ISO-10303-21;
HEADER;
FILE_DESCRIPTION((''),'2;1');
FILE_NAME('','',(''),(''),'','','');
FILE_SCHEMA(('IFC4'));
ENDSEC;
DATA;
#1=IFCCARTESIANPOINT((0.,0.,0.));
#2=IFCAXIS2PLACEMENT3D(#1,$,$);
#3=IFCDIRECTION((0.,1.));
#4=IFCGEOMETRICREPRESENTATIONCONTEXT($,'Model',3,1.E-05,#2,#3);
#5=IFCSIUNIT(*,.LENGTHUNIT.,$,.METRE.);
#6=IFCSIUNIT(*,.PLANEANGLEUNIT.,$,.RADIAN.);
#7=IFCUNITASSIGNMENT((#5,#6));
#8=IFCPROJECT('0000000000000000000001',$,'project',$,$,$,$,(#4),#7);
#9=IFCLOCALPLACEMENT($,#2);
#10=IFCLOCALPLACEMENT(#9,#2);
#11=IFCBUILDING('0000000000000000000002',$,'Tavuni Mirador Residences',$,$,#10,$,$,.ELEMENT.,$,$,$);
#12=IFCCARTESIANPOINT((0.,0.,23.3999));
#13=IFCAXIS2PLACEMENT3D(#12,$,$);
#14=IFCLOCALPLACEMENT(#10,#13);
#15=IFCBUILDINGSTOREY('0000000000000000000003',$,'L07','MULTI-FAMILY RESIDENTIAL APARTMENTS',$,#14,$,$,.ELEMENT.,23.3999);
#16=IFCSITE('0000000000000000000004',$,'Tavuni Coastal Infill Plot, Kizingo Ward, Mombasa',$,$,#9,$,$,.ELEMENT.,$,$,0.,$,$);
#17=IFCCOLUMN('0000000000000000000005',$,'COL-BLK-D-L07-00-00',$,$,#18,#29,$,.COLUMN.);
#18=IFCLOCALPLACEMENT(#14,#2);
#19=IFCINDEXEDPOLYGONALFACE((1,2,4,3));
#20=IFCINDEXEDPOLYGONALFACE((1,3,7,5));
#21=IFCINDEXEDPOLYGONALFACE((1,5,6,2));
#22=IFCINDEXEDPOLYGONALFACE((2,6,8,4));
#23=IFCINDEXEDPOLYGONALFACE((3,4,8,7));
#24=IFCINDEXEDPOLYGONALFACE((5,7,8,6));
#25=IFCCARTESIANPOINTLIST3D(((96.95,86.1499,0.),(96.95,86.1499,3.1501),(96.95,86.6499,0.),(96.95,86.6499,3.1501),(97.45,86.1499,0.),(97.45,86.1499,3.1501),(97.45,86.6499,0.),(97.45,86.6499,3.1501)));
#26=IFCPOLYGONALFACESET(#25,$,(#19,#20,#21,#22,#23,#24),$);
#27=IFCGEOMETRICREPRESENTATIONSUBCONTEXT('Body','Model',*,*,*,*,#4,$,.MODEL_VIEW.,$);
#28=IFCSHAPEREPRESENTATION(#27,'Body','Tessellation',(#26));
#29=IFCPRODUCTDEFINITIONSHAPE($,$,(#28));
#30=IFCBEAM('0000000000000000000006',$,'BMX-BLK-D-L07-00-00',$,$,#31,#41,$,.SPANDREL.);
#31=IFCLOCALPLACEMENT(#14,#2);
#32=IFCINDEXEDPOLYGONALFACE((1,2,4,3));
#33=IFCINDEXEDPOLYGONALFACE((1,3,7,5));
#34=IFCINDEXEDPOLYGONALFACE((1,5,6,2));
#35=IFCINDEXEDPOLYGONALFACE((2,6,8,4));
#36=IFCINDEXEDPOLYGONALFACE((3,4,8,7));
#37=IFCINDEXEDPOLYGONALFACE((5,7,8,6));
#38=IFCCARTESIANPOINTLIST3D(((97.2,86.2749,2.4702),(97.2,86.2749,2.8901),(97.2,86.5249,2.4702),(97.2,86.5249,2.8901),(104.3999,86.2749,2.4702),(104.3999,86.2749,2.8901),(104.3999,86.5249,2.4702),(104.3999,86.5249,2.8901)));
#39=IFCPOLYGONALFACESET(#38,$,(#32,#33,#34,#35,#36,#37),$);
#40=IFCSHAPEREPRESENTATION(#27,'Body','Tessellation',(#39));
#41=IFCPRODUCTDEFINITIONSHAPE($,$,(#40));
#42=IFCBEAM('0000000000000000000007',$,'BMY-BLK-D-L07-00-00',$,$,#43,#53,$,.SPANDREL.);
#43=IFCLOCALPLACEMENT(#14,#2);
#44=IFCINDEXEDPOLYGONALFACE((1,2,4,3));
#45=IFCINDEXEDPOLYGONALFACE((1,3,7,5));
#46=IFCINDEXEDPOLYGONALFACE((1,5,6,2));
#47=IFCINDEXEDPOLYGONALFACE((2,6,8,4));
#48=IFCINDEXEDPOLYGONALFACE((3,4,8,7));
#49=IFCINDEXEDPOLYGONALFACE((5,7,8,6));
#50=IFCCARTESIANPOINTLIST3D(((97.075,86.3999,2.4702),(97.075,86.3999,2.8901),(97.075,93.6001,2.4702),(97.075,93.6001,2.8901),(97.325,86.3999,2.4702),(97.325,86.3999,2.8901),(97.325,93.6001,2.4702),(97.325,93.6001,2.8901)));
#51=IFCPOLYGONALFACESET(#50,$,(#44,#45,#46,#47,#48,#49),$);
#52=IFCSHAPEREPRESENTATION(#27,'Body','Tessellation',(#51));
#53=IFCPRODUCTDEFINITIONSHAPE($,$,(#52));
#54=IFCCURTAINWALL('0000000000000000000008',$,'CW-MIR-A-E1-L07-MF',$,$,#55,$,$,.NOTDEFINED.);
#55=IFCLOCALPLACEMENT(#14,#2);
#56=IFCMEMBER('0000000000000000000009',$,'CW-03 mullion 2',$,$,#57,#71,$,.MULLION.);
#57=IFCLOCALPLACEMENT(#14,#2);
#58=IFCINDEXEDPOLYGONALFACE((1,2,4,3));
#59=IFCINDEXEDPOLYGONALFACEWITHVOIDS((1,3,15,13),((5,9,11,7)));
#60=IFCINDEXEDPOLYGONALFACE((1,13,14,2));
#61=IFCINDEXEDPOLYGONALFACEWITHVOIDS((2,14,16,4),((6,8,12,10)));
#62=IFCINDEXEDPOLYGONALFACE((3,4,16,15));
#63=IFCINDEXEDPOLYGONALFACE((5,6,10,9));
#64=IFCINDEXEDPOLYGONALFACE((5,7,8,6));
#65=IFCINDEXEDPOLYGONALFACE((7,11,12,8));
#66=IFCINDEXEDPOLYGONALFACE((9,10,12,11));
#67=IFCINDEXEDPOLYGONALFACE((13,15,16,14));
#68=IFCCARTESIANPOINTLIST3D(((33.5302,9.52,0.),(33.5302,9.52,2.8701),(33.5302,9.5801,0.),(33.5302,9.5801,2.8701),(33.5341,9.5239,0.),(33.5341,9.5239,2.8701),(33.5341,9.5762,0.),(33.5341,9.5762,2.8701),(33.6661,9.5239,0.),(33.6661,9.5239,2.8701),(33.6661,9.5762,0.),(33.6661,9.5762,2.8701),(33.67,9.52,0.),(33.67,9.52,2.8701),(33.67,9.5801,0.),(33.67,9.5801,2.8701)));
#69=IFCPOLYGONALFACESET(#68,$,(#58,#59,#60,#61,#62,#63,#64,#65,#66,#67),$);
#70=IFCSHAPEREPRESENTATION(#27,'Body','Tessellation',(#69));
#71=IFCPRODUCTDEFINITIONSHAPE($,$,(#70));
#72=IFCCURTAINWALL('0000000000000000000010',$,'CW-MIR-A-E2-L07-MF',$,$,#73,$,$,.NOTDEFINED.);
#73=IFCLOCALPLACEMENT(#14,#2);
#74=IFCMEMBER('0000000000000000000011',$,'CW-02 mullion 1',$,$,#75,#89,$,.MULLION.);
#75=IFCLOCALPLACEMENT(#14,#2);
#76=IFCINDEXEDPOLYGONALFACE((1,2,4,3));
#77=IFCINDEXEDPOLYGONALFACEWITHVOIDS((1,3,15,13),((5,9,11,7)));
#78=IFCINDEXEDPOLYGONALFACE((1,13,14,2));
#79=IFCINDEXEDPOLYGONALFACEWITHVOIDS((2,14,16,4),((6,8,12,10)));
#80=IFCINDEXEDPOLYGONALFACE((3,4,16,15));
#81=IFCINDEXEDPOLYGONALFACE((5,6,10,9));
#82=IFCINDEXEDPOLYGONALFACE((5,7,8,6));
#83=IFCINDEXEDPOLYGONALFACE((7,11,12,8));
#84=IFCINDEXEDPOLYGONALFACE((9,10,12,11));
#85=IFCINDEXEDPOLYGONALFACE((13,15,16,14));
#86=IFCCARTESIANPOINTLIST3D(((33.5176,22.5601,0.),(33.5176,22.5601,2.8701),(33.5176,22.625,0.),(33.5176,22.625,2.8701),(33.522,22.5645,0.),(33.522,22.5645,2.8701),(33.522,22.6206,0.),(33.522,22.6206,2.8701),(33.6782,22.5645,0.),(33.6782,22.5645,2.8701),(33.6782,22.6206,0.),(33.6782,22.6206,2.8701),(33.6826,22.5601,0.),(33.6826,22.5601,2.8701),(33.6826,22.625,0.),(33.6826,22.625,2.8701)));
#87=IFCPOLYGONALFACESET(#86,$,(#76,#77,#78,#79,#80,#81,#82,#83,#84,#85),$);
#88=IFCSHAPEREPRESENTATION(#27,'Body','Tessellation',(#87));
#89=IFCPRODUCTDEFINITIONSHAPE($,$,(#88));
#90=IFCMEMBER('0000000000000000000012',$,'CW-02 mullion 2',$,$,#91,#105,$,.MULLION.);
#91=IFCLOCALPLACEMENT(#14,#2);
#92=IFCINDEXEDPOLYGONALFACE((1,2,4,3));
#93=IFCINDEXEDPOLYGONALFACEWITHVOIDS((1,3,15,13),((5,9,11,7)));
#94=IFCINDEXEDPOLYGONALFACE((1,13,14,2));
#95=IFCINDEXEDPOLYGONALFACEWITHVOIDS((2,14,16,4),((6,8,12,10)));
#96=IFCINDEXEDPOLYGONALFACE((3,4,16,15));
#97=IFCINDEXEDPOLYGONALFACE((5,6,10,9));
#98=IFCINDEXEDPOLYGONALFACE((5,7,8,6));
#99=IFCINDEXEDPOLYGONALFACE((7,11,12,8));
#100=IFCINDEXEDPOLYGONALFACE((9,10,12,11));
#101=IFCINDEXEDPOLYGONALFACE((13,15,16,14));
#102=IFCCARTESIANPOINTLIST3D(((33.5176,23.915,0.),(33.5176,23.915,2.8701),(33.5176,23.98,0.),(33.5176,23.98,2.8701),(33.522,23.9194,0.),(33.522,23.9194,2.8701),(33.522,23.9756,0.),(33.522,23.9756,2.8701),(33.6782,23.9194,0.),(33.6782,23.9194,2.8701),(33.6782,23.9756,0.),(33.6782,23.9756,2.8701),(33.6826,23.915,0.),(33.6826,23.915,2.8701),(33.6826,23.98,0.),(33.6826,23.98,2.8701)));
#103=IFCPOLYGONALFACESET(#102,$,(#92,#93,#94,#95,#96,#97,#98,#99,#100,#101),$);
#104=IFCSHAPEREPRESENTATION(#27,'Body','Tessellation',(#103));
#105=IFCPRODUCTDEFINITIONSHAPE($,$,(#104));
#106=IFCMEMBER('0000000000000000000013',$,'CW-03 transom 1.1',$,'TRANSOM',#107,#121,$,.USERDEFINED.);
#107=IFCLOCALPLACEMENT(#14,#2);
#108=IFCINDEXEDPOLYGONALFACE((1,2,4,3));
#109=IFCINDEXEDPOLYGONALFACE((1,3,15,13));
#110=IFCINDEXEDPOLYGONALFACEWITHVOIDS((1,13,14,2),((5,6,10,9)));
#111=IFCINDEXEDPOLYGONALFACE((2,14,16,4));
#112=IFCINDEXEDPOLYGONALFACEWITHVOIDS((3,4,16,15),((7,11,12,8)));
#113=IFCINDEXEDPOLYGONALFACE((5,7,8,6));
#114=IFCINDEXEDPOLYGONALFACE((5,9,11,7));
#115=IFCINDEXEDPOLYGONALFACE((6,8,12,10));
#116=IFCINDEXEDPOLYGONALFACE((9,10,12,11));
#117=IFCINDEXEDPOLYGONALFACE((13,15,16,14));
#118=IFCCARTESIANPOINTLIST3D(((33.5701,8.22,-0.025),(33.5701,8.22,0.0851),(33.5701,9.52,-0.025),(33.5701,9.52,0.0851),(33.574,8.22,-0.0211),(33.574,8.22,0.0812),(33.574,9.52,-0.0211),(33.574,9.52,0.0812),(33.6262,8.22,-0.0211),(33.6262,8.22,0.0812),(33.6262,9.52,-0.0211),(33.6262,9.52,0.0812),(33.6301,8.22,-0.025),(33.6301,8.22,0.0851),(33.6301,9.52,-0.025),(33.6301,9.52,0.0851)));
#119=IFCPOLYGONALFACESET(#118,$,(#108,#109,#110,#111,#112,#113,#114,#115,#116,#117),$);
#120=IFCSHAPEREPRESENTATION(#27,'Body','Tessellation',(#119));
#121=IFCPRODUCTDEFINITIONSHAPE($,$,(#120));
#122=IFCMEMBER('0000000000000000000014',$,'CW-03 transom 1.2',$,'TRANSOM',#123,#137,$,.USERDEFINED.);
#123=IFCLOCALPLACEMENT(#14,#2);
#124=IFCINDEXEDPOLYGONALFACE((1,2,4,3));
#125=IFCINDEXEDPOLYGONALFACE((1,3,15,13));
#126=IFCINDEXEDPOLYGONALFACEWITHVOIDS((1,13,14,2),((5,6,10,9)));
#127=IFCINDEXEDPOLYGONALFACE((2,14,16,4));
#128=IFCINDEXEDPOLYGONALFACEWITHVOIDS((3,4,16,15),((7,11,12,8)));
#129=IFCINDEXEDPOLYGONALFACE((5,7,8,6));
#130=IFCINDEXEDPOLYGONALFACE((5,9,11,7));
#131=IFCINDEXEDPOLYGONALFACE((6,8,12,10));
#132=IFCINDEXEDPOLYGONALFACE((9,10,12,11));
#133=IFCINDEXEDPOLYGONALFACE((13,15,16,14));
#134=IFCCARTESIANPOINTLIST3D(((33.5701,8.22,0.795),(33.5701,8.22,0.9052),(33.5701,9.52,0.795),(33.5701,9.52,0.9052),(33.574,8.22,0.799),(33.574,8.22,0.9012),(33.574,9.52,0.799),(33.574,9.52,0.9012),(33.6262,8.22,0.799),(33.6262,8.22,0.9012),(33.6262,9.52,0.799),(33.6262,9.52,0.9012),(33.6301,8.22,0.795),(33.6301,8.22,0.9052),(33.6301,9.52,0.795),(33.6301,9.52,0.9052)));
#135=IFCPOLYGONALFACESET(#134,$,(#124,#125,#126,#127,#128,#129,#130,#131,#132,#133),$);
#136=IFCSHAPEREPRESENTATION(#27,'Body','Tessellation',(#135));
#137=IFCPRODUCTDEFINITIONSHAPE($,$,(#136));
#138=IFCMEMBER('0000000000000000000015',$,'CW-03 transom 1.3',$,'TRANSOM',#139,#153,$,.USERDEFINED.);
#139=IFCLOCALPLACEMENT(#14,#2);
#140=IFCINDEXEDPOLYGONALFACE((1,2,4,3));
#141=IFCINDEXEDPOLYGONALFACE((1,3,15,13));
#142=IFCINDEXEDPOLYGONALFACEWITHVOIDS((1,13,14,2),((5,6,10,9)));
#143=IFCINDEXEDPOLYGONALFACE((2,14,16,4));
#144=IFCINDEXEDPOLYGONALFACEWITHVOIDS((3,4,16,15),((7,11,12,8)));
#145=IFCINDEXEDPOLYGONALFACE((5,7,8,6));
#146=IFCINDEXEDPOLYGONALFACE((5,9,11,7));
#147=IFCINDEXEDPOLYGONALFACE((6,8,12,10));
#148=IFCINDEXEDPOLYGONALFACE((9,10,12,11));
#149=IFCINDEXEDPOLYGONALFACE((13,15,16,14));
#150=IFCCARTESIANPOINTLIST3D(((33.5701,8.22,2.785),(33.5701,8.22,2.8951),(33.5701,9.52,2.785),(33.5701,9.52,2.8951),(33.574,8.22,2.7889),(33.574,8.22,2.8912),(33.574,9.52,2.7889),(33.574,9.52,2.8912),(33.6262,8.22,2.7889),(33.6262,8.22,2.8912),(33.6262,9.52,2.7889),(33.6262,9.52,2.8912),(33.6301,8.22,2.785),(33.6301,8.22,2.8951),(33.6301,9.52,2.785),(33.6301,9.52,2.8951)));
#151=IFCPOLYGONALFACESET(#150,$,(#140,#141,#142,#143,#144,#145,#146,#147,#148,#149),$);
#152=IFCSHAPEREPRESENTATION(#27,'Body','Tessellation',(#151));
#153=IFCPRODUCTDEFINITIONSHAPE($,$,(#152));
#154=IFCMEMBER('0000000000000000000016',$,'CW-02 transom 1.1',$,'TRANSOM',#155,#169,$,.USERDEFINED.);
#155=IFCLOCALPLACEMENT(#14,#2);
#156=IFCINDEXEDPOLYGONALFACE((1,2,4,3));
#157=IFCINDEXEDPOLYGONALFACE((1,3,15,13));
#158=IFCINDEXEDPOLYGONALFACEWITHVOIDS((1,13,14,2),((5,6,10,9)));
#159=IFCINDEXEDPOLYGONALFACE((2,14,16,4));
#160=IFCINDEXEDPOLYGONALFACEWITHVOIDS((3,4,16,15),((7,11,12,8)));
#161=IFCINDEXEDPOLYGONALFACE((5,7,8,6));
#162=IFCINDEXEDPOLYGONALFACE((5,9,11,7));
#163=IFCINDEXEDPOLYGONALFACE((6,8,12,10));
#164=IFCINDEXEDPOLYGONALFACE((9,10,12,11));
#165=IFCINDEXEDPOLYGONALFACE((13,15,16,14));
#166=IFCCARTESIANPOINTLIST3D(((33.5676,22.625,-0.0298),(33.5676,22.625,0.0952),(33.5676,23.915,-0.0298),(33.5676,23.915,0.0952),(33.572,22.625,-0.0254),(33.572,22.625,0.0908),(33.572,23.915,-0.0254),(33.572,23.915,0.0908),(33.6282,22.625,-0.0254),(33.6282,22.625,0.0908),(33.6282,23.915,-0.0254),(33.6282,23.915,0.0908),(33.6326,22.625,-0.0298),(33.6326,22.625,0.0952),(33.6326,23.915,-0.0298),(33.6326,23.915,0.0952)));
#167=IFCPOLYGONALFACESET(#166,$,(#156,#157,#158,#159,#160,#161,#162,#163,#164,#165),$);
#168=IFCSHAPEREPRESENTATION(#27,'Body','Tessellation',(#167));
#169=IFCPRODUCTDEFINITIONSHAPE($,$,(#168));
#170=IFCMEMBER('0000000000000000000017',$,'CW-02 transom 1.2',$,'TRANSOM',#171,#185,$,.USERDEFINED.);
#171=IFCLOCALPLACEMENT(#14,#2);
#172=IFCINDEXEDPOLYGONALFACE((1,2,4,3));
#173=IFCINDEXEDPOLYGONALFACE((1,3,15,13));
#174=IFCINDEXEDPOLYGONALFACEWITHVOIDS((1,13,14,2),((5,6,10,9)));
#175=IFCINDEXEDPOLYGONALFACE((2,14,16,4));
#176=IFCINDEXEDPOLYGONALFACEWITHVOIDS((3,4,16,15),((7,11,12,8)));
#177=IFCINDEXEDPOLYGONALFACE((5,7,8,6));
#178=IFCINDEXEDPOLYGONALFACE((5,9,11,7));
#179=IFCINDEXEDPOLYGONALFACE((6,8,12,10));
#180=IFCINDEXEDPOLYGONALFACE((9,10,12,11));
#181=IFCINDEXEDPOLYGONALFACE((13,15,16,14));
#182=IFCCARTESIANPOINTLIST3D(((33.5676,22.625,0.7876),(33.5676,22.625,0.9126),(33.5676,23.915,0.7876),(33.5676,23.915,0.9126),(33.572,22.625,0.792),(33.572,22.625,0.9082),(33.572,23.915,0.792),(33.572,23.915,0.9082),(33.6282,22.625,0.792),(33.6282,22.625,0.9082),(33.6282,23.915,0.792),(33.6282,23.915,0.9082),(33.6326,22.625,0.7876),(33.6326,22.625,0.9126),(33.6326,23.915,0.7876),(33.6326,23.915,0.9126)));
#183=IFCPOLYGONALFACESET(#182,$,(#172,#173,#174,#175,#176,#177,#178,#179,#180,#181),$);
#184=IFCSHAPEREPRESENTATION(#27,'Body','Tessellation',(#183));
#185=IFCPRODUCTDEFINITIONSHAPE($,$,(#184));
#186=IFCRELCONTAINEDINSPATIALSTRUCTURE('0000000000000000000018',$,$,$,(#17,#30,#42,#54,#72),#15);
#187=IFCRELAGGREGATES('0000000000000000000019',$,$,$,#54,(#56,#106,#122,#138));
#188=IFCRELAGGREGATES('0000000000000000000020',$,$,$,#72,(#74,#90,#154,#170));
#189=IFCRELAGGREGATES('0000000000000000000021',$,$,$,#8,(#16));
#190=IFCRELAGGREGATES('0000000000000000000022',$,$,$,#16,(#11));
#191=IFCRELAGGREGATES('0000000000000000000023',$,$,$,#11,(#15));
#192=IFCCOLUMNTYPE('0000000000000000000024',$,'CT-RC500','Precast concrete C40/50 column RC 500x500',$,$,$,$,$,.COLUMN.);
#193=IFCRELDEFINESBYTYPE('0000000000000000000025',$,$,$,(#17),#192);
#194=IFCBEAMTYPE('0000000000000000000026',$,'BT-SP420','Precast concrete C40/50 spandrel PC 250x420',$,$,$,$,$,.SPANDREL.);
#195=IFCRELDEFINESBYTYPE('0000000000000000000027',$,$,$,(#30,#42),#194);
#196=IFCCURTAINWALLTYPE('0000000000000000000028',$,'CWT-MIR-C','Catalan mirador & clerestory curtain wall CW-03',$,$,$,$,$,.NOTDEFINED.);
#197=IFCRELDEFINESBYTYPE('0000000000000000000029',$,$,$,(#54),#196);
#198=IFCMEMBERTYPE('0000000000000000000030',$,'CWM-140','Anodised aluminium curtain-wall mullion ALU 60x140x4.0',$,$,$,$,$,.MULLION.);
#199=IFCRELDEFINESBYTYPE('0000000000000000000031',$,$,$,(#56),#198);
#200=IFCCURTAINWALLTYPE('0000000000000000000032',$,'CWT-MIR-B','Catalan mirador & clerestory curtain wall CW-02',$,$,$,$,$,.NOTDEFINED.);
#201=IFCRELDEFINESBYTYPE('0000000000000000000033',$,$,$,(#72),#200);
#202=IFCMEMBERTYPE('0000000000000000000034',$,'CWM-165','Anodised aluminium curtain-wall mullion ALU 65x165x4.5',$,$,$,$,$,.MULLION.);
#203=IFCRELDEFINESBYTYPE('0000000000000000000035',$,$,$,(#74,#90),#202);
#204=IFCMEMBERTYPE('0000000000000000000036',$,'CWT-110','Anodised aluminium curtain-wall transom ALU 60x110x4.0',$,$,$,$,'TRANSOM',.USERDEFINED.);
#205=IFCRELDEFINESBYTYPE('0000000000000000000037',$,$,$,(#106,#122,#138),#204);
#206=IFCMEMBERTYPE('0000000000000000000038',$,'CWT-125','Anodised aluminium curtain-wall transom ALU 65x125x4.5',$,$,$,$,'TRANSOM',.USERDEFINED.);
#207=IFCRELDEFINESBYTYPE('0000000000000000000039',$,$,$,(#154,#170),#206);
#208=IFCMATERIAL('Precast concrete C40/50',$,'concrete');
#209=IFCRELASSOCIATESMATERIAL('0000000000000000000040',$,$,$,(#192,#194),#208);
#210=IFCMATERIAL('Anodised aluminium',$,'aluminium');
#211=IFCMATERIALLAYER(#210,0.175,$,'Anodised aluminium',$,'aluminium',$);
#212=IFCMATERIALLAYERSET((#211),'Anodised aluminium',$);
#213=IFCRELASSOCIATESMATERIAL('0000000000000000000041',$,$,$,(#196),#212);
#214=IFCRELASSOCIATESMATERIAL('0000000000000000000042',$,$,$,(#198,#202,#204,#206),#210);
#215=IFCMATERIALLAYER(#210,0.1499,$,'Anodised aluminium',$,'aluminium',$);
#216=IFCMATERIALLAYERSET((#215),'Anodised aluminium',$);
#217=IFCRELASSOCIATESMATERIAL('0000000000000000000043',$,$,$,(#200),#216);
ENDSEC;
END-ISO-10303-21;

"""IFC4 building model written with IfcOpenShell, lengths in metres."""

from ifc_helpers import new_model, si_unit, direction, frame, origin, origin_2d, place, context, subcontext, project, spatial, rectangle, hollow_rectangle, extrude, material, layer, layer_set, material_profile, profile_set, type_object, element, aggregate, save


model = new_model("IFC4")

# Units and contexts
model_context = context("Model", 3, precision=1e-05, world=origin(), true_north=direction((0.0, 1.0)))
body_context = subcontext(model_context, "Body", "Model", "MODEL_VIEW")
ifc_project = project(units=[si_unit("LENGTHUNIT", "METRE"), si_unit("PLANEANGLEUNIT", "RADIAN")], contexts=[model_context])

# Site, building, storey
site_placement = place(None, origin())
site = spatial("IfcSite", under=ifc_project, at=site_placement, Name="Tavuni Coastal Infill Plot, Kizingo Ward, Mombasa", CompositionType="ELEMENT", RefElevation=0.0)
building_placement = place(site_placement, origin())
building = spatial("IfcBuilding", under=site, at=building_placement, Name="Tavuni Mirador Residences", CompositionType="ELEMENT")
storey_placement = place(building_placement, frame((0.0, 0.0, 23.3999)))
storey = spatial("IfcBuildingStorey", under=building, at=storey_placement, Name="L07", Description="MULTI-FAMILY RESIDENTIAL APARTMENTS", CompositionType="ELEMENT", Elevation=23.3999)

# Column
ifc_material_1 = material(Name="Precast concrete C40/50", Category="concrete")
ifc_material_profile_1 = material_profile(ifc_material_1, rectangle(XDim=0.5, YDim=0.5, at=origin_2d()), Name="RC 500x500", Category="concrete")
ifc_profile_set_1 = profile_set([ifc_material_profile_1], Name="Precast concrete C40/50")
column_type = type_object("IfcColumnType", Name="CT-RC500", Description="Precast concrete C40/50 column RC 500x500", PredefinedType="COLUMN", material=ifc_profile_set_1)
column_placement = place(storey_placement, frame((97.2, 86.3999, 0.0), z_axis=(0.0, 0.0, 1.0), x_axis=(1.0, 0.0, 0.0)))
element("IfcColumn", 1, at=column_placement, inside=storey, type_object=column_type, Name="COL-BLK-D-L07-00-00", PredefinedType="COLUMN", context=body_context, shape_type="SweptSolid", body=[
    extrude(rectangle(XDim=0.5, YDim=0.5, at=origin_2d()), origin(), (0.0, 0.0, 1.0), 3.1501),
])

# Beams
ifc_material_profile_2 = material_profile(ifc_material_1, rectangle(XDim=0.25, YDim=0.4199, at=origin_2d()), Name="PC 250x420", Category="concrete")
ifc_profile_set_2 = profile_set([ifc_material_profile_2], Name="Precast concrete C40/50")
beam_type = type_object("IfcBeamType", Name="BT-SP420", Description="Precast concrete C40/50 spandrel PC 250x420", PredefinedType="SPANDREL", material=ifc_profile_set_2)
beam_1_placement = place(storey_placement, frame((97.2, 86.3999, 2.6802), z_axis=(1.0, 0.0, 0.0), x_axis=(0.0, 1.0, 0.0)))
element("IfcBeam", 2, at=beam_1_placement, inside=storey, type_object=beam_type, Name="BMX-BLK-D-L07-00-00", PredefinedType="SPANDREL", context=body_context, shape_type="SweptSolid", body=[
    extrude(rectangle(XDim=0.25, YDim=0.4199, at=origin_2d()), origin(), (0.0, 0.0, 1.0), 7.2),
])
beam_2_placement = place(storey_placement, frame((97.2, 86.3999, 2.6802), z_axis=(0.0, 1.0, 0.0), x_axis=(-1.0, 0.0, 0.0)))
element("IfcBeam", 3, at=beam_2_placement, inside=storey, type_object=beam_type, Name="BMY-BLK-D-L07-00-00", PredefinedType="SPANDREL", context=body_context, shape_type="SweptSolid", body=[
    extrude(rectangle(XDim=0.25, YDim=0.4199, at=origin_2d()), origin(), (0.0, 0.0, 1.0), 7.2002),
])

# Curtain wall, member
ifc_material_2 = material(Name="Anodised aluminium", Category="aluminium")
ifc_layer_1 = layer(ifc_material_2, 0.175, Name="Anodised aluminium", Category="aluminium")
ifc_layer_set_1 = layer_set([ifc_layer_1], Name="Anodised aluminium")
curtain_wall_type_1 = type_object("IfcCurtainWallType", Name="CWT-MIR-C", Description="Catalan mirador & clerestory curtain wall CW-03", PredefinedType="NOTDEFINED", material=ifc_layer_set_1)
curtain_wall_1_placement = place(storey_placement, origin())
curtain_wall_1 = element("IfcCurtainWall", 4, at=curtain_wall_1_placement, inside=storey, type_object=curtain_wall_type_1, Name="CW-MIR-A-E1-L07-MF", PredefinedType="NOTDEFINED")
ifc_material_profile_3 = material_profile(ifc_material_2, hollow_rectangle(XDim=0.0601, YDim=0.1399, WallThickness=0.0039, at=origin_2d()), Name="ALU 60x140x4.0", Category="aluminium")
ifc_profile_set_3 = profile_set([ifc_material_profile_3], Name="Anodised aluminium")
member_type_1 = type_object("IfcMemberType", Name="CWM-140", Description="Anodised aluminium curtain-wall mullion ALU 60x140x4.0", PredefinedType="MULLION", material=ifc_profile_set_3)
member_1_placement = place(storey_placement, frame((33.6001, 9.55, 0.0), z_axis=(0.0, 0.0, 1.0), x_axis=(0.0, 1.0, 0.0)))
member_1 = element("IfcMember", 5, at=member_1_placement, type_object=member_type_1, Name="CW-03 mullion 2", PredefinedType="MULLION", context=body_context, shape_type="SweptSolid", body=[
    extrude(hollow_rectangle(XDim=0.0601, YDim=0.1399, WallThickness=0.0039, at=origin_2d()), origin(), (0.0, 0.0, 1.0), 2.8701),
])

# Curtain wall, members
ifc_layer_2 = layer(ifc_material_2, 0.1499, Name="Anodised aluminium", Category="aluminium")
ifc_layer_set_2 = layer_set([ifc_layer_2], Name="Anodised aluminium")
curtain_wall_type_2 = type_object("IfcCurtainWallType", Name="CWT-MIR-B", Description="Catalan mirador & clerestory curtain wall CW-02", PredefinedType="NOTDEFINED", material=ifc_layer_set_2)
curtain_wall_2_placement = place(storey_placement, origin())
curtain_wall_2 = element("IfcCurtainWall", 6, at=curtain_wall_2_placement, inside=storey, type_object=curtain_wall_type_2, Name="CW-MIR-A-E2-L07-MF", PredefinedType="NOTDEFINED")
ifc_material_profile_4 = material_profile(ifc_material_2, hollow_rectangle(XDim=0.0649, YDim=0.165, WallThickness=0.0044, at=origin_2d()), Name="ALU 65x165x4.5", Category="aluminium")
ifc_profile_set_4 = profile_set([ifc_material_profile_4], Name="Anodised aluminium")
member_type_2 = type_object("IfcMemberType", Name="CWM-165", Description="Anodised aluminium curtain-wall mullion ALU 65x165x4.5", PredefinedType="MULLION", material=ifc_profile_set_4)
member_2_placement = place(storey_placement, frame((33.6001, 22.5925, 0.0), z_axis=(0.0, 0.0, 1.0), x_axis=(0.0, 1.0, 0.0)))
member_2 = element("IfcMember", 7, at=member_2_placement, type_object=member_type_2, Name="CW-02 mullion 1", PredefinedType="MULLION", context=body_context, shape_type="SweptSolid", body=[
    extrude(hollow_rectangle(XDim=0.0649, YDim=0.165, WallThickness=0.0044, at=origin_2d()), origin(), (0.0, 0.0, 1.0), 2.8701),
])
member_3_placement = place(storey_placement, frame((33.6001, 23.9475, 0.0), z_axis=(0.0, 0.0, 1.0), x_axis=(0.0, 1.0, 0.0)))
member_3 = element("IfcMember", 8, at=member_3_placement, type_object=member_type_2, Name="CW-02 mullion 2", PredefinedType="MULLION", context=body_context, shape_type="SweptSolid", body=[
    extrude(hollow_rectangle(XDim=0.0649, YDim=0.165, WallThickness=0.0044, at=origin_2d()), origin(), (0.0, 0.0, 1.0), 2.8701),
])

# Members
ifc_material_profile_5 = material_profile(ifc_material_2, hollow_rectangle(XDim=0.0601, YDim=0.1101, WallThickness=0.0039, at=origin_2d()), Name="ALU 60x110x4.0", Category="aluminium")
ifc_profile_set_5 = profile_set([ifc_material_profile_5], Name="Anodised aluminium")
member_type_3 = type_object("IfcMemberType", Name="CWT-110", Description="Anodised aluminium curtain-wall transom ALU 60x110x4.0", ElementType="TRANSOM", PredefinedType="USERDEFINED", material=ifc_profile_set_5)
member_4_placement = place(storey_placement, frame((33.6001, 8.22, 0.03), z_axis=(0.0, 1.0, 0.0), x_axis=(-1.0, 0.0, 0.0)))
member_4 = element("IfcMember", 9, at=member_4_placement, type_object=member_type_3, Name="CW-03 transom 1.1", ObjectType="TRANSOM", PredefinedType="USERDEFINED", context=body_context, shape_type="SweptSolid", body=[
    extrude(hollow_rectangle(XDim=0.0601, YDim=0.1101, WallThickness=0.0039, at=origin_2d()), origin(), (0.0, 0.0, 1.0), 1.3),
])
member_5_placement = place(storey_placement, frame((33.6001, 8.22, 0.8501), z_axis=(0.0, 1.0, 0.0), x_axis=(-1.0, 0.0, 0.0)))
member_5 = element("IfcMember", 10, at=member_5_placement, type_object=member_type_3, Name="CW-03 transom 1.2", ObjectType="TRANSOM", PredefinedType="USERDEFINED", context=body_context, shape_type="SweptSolid", body=[
    extrude(hollow_rectangle(XDim=0.0601, YDim=0.1101, WallThickness=0.0039, at=origin_2d()), origin(), (0.0, 0.0, 1.0), 1.3),
])
member_6_placement = place(storey_placement, frame((33.6001, 8.22, 2.8401), z_axis=(0.0, 1.0, 0.0), x_axis=(-1.0, 0.0, 0.0)))
member_6 = element("IfcMember", 11, at=member_6_placement, type_object=member_type_3, Name="CW-03 transom 1.3", ObjectType="TRANSOM", PredefinedType="USERDEFINED", context=body_context, shape_type="SweptSolid", body=[
    extrude(hollow_rectangle(XDim=0.0601, YDim=0.1101, WallThickness=0.0039, at=origin_2d()), origin(), (0.0, 0.0, 1.0), 1.3),
])
ifc_material_profile_6 = material_profile(ifc_material_2, hollow_rectangle(XDim=0.0649, YDim=0.125, WallThickness=0.0044, at=origin_2d()), Name="ALU 65x125x4.5", Category="aluminium")
ifc_profile_set_6 = profile_set([ifc_material_profile_6], Name="Anodised aluminium")
member_type_4 = type_object("IfcMemberType", Name="CWT-125", Description="Anodised aluminium curtain-wall transom ALU 65x125x4.5", ElementType="TRANSOM", PredefinedType="USERDEFINED", material=ifc_profile_set_6)
member_7_placement = place(storey_placement, frame((33.6001, 22.625, 0.0327), z_axis=(0.0, 1.0, 0.0), x_axis=(-1.0, 0.0, 0.0)))
member_7 = element("IfcMember", 12, at=member_7_placement, type_object=member_type_4, Name="CW-02 transom 1.1", ObjectType="TRANSOM", PredefinedType="USERDEFINED", context=body_context, shape_type="SweptSolid", body=[
    extrude(hollow_rectangle(XDim=0.0649, YDim=0.125, WallThickness=0.0044, at=origin_2d()), origin(), (0.0, 0.0, 1.0), 1.29),
])
member_8_placement = place(storey_placement, frame((33.6001, 22.625, 0.8501), z_axis=(0.0, 1.0, 0.0), x_axis=(-1.0, 0.0, 0.0)))
member_8 = element("IfcMember", 13, at=member_8_placement, type_object=member_type_4, Name="CW-02 transom 1.2", ObjectType="TRANSOM", PredefinedType="USERDEFINED", context=body_context, shape_type="SweptSolid", body=[
    extrude(hollow_rectangle(XDim=0.0649, YDim=0.125, WallThickness=0.0044, at=origin_2d()), origin(), (0.0, 0.0, 1.0), 1.29),
])

aggregate(curtain_wall_1, [member_1, member_4, member_5, member_6])
aggregate(curtain_wall_2, [member_2, member_3, member_7, member_8])

save(model, "model.ifc")
